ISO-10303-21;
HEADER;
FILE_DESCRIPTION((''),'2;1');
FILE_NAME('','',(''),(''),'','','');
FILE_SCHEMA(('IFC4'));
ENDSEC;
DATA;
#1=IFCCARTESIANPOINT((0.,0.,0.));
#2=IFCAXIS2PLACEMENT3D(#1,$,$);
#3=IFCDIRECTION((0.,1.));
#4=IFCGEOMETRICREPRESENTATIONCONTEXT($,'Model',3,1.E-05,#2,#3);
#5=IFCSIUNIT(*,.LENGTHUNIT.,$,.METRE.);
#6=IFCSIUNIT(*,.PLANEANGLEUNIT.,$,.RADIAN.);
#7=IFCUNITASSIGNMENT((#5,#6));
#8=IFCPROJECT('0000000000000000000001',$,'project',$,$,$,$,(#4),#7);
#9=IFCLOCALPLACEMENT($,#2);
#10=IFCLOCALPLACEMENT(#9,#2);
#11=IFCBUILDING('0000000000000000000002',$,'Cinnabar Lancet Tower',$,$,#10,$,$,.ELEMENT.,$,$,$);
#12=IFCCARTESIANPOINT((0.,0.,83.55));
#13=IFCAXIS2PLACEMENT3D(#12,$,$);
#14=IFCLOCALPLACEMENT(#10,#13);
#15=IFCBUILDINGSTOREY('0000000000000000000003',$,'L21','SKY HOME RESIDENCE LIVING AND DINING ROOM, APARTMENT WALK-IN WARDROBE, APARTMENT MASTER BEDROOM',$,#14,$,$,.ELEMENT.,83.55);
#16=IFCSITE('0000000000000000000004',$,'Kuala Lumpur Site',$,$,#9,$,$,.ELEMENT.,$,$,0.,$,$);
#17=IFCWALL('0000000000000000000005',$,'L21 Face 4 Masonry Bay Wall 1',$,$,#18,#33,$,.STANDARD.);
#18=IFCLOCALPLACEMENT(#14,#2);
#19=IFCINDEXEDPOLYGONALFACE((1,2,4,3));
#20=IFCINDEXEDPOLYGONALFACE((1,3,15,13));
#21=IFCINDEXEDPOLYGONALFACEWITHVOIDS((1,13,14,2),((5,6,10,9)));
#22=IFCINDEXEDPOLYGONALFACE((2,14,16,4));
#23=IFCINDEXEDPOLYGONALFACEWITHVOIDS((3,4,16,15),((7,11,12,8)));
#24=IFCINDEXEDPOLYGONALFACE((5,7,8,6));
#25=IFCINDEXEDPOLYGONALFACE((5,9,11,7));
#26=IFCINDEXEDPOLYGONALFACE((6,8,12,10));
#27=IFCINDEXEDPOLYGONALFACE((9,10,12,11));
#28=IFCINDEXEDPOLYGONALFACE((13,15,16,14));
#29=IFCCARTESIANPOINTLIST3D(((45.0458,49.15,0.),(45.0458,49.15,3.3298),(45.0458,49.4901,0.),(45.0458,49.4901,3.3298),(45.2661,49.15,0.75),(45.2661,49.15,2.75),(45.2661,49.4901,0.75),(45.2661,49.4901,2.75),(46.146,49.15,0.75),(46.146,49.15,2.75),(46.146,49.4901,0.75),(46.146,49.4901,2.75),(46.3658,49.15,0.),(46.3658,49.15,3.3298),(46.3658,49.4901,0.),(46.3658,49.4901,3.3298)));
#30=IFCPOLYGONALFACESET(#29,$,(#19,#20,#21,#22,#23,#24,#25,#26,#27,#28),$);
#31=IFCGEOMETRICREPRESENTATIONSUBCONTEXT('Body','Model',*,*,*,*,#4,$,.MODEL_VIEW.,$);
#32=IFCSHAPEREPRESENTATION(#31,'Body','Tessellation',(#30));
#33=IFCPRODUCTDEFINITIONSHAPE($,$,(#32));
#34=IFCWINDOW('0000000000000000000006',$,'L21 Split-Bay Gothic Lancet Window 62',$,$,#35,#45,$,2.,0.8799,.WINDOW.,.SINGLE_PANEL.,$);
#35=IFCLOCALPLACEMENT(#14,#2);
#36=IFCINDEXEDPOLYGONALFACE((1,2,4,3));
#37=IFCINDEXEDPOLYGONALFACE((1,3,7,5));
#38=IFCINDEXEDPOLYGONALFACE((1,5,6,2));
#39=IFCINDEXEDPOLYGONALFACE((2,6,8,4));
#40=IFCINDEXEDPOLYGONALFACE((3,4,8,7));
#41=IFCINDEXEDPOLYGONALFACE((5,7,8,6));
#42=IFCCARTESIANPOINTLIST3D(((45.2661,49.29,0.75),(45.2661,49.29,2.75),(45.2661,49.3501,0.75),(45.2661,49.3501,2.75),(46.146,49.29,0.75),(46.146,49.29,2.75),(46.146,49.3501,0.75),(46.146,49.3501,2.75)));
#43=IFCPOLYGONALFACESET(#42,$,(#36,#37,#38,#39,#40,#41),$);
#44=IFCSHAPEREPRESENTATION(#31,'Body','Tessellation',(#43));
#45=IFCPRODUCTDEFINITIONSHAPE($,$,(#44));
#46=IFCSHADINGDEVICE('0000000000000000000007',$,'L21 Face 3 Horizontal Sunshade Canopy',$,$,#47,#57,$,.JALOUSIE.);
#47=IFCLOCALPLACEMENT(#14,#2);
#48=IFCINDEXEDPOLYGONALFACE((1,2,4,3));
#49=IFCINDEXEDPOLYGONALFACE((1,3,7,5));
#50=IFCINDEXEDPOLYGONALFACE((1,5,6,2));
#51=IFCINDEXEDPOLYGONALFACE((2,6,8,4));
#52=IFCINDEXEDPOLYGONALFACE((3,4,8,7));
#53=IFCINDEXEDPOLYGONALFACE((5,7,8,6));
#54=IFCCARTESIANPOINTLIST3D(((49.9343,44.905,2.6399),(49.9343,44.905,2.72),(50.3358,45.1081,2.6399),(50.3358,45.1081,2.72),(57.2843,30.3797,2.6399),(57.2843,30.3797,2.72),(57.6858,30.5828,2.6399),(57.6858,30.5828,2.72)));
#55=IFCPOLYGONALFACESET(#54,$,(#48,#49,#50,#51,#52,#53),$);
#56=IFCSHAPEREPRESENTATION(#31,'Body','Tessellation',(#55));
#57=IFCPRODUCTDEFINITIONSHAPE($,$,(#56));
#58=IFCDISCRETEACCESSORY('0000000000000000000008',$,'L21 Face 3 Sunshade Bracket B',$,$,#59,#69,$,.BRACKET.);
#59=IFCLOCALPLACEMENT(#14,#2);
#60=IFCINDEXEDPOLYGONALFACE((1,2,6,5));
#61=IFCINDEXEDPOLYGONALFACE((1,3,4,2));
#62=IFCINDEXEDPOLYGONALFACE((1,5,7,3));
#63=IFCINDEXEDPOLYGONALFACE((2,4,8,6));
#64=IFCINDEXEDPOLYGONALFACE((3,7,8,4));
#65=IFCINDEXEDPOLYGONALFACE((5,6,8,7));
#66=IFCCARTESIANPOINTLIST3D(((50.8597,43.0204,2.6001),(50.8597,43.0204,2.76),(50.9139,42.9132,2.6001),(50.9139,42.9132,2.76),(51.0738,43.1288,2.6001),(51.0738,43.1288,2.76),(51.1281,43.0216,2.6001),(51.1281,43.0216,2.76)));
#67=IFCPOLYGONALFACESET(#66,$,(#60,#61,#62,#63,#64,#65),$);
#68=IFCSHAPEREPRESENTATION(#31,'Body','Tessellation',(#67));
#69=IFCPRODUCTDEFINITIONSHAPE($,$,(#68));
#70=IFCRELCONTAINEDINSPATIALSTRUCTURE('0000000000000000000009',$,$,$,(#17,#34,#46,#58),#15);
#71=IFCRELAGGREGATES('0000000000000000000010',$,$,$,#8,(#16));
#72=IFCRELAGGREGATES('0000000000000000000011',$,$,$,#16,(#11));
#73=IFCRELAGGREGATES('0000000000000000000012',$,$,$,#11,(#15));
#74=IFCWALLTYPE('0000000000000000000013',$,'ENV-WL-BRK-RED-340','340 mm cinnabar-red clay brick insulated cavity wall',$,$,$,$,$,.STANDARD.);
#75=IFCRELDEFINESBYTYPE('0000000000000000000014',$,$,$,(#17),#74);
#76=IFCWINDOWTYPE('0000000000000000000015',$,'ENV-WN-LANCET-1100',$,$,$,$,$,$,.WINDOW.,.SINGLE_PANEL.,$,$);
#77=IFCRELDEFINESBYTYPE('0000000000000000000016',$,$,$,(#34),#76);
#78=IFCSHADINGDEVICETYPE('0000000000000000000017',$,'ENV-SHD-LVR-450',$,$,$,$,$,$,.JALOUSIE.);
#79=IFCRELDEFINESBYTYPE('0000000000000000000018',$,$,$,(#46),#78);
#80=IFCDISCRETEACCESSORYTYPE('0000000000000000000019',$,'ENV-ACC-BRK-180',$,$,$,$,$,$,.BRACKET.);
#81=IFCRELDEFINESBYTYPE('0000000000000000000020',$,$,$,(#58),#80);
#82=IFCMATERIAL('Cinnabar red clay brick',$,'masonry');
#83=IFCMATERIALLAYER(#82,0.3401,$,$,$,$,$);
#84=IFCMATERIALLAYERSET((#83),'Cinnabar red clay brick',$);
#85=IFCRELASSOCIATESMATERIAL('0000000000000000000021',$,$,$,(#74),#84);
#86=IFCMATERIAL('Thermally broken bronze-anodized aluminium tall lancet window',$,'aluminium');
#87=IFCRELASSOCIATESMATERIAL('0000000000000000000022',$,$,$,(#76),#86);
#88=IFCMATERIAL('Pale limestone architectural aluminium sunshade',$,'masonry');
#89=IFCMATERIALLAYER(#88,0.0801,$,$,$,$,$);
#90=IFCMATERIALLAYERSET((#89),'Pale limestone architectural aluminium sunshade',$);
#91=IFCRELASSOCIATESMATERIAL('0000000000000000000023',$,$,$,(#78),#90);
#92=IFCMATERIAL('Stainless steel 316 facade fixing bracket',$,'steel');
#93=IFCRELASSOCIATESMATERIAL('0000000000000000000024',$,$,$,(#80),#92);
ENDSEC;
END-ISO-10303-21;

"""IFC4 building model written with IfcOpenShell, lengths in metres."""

from ifc_helpers import new_model, si_unit, direction, frame, frame_2d, origin, origin_2d, place, context, subcontext, project, spatial, rectangle, extrude, material, layer, layer_set, type_object, element, fill, save


model = new_model("IFC4")

# Units and contexts
model_context = context("Model", 3, precision=1e-05, world=origin(), true_north=direction((0.0, 1.0)))
body_context = subcontext(model_context, "Body", "Model", "MODEL_VIEW")
ifc_project = project(units=[si_unit("LENGTHUNIT", "METRE"), si_unit("PLANEANGLEUNIT", "RADIAN")], contexts=[model_context])

# Site, building, storey
site_placement = place(None, origin())
site = spatial("IfcSite", under=ifc_project, at=site_placement, Name="Kuala Lumpur Site", CompositionType="ELEMENT", RefElevation=0.0)
building_placement = place(site_placement, origin())
building = spatial("IfcBuilding", under=site, at=building_placement, Name="Cinnabar Lancet Tower", CompositionType="ELEMENT")
storey_placement = place(building_placement, frame((0.0, 0.0, 83.55)))
storey = spatial("IfcBuildingStorey", under=building, at=storey_placement, Name="L21", Description="SKY HOME RESIDENCE LIVING AND DINING ROOM, APARTMENT WALK-IN WARDROBE, APARTMENT MASTER BEDROOM", CompositionType="ELEMENT", Elevation=83.55)

# Shared definitions
ifc_material_1 = material(Name="Cinnabar red clay brick", Category="masonry")
ifc_layer_1 = layer(ifc_material_1, 0.3401)
ifc_layer_set_1 = layer_set([ifc_layer_1], Name="Cinnabar red clay brick")
wall_type_1 = type_object("IfcWallType", Name="ENV-WL-BRK-RED-340", Description="340 mm cinnabar-red clay brick insulated cavity wall", PredefinedType="STANDARD", material=ifc_layer_set_1)

# Shared definitions
ifc_material_2 = material(Name="Thermally broken bronze-anodized aluminium tall lancet window", Category="aluminium")
window_type = type_object("IfcWindowType", Name="ENV-WN-LANCET-1100", PartitioningType="SINGLE_PANEL", PredefinedType="WINDOW", material=ifc_material_2)

# Wall, opening, window
wall_1_placement = place(storey_placement, frame((46.366, 49.3201, 0.0), z_axis=(0.0, 0.0, 1.0), x_axis=(-1.0, 0.0, 0.0)))
wall_1 = element("IfcWall", 1, at=wall_1_placement, inside=storey, type_object=wall_type_1, Name="L21 Face 4 Masonry Bay Wall 1", PredefinedType="STANDARD", context=body_context, shape_type="SweptSolid", body=[
    extrude(rectangle(XDim=1.3201, YDim=0.3401, at=frame_2d((0.6602, 0.0))), origin(), (0.0, 0.0, 1.0), 3.3298),
])
opening_1_placement = place(wall_1_placement, frame((0.22, 0.0, 0.75)))
opening_1 = element("IfcOpeningElement", 2, at=opening_1_placement, cuts=wall_1, PredefinedType="OPENING", context=body_context, shape_type="SweptSolid", body=[
    extrude(rectangle(XDim=0.8799, YDim=2.0, at=frame_2d((0.4399, 1.0))), frame((0.0, 0.1799, 0.0), z_axis=(0.0, -1.0, 0.0), x_axis=(1.0, 0.0, 0.0)), (0.0, 0.0, 1.0), 0.3601),
])
window_1_placement = place(opening_1_placement, origin())
window_1 = element("IfcWindow", 3, at=window_1_placement, inside=storey, type_object=window_type, Name="L21 Split-Bay Gothic Lancet Window 62", OverallHeight=2.0, OverallWidth=0.8799, PartitioningType="SINGLE_PANEL", PredefinedType="WINDOW", context=body_context, shape_type="SweptSolid", body=[
    extrude(rectangle(XDim=0.8799, YDim=2.0, at=frame_2d((0.4399, 1.0))), frame((0.0, 0.03, 0.0), z_axis=(0.0, -1.0, 0.0), x_axis=(1.0, 0.0, 0.0)), (0.0, 0.0, 1.0), 0.0601),
])
fill(opening_1, window_1)

# Shading device
ifc_material_3 = material(Name="Pale limestone architectural aluminium sunshade", Category="masonry")
ifc_layer_2 = layer(ifc_material_3, 0.0801)
ifc_layer_set_2 = layer_set([ifc_layer_2], Name="Pale limestone architectural aluminium sunshade")
shading_device_type = type_object("IfcShadingDeviceType", Name="ENV-SHD-LVR-450", PredefinedType="JALOUSIE", material=ifc_layer_set_2)
shading_device_placement = place(storey_placement, frame((53.8101, 37.7439, 2.6399), z_axis=(0.0, 0.0, 1.0), x_axis=(-0.451501, 0.892271, 0.0)))
element("IfcShadingDevice", 4, at=shading_device_placement, inside=storey, type_object=shading_device_type, Name="L21 Face 3 Horizontal Sunshade Canopy", PredefinedType="JALOUSIE", context=body_context, shape_type="SweptSolid", body=[
    extrude(rectangle(XDim=16.2791, YDim=0.45, at=origin_2d()), origin(), (0.0, 0.0, 1.0), 0.0801),
])

# Discrete accessory
ifc_material_4 = material(Name="Stainless steel 316 facade fixing bracket", Category="steel")
discrete_accessory_type = type_object("IfcDiscreteAccessoryType", Name="ENV-ACC-BRK-180", PredefinedType="BRACKET", material=ifc_material_4)
discrete_accessory_placement = place(storey_placement, frame((50.9939, 43.021, 2.6001), z_axis=(0.0, 0.0, 1.0), x_axis=(-0.451501, 0.892271, 0.0)))
element("IfcDiscreteAccessory", 5, at=discrete_accessory_placement, inside=storey, type_object=discrete_accessory_type, Name="L21 Face 3 Sunshade Bracket B", PredefinedType="BRACKET", context=body_context, shape_type="SweptSolid", body=[
    extrude(rectangle(XDim=0.1201, YDim=0.24, at=origin_2d()), origin(), (0.0, 0.0, 1.0), 0.1599),
])

save(model, "model.ifc")
